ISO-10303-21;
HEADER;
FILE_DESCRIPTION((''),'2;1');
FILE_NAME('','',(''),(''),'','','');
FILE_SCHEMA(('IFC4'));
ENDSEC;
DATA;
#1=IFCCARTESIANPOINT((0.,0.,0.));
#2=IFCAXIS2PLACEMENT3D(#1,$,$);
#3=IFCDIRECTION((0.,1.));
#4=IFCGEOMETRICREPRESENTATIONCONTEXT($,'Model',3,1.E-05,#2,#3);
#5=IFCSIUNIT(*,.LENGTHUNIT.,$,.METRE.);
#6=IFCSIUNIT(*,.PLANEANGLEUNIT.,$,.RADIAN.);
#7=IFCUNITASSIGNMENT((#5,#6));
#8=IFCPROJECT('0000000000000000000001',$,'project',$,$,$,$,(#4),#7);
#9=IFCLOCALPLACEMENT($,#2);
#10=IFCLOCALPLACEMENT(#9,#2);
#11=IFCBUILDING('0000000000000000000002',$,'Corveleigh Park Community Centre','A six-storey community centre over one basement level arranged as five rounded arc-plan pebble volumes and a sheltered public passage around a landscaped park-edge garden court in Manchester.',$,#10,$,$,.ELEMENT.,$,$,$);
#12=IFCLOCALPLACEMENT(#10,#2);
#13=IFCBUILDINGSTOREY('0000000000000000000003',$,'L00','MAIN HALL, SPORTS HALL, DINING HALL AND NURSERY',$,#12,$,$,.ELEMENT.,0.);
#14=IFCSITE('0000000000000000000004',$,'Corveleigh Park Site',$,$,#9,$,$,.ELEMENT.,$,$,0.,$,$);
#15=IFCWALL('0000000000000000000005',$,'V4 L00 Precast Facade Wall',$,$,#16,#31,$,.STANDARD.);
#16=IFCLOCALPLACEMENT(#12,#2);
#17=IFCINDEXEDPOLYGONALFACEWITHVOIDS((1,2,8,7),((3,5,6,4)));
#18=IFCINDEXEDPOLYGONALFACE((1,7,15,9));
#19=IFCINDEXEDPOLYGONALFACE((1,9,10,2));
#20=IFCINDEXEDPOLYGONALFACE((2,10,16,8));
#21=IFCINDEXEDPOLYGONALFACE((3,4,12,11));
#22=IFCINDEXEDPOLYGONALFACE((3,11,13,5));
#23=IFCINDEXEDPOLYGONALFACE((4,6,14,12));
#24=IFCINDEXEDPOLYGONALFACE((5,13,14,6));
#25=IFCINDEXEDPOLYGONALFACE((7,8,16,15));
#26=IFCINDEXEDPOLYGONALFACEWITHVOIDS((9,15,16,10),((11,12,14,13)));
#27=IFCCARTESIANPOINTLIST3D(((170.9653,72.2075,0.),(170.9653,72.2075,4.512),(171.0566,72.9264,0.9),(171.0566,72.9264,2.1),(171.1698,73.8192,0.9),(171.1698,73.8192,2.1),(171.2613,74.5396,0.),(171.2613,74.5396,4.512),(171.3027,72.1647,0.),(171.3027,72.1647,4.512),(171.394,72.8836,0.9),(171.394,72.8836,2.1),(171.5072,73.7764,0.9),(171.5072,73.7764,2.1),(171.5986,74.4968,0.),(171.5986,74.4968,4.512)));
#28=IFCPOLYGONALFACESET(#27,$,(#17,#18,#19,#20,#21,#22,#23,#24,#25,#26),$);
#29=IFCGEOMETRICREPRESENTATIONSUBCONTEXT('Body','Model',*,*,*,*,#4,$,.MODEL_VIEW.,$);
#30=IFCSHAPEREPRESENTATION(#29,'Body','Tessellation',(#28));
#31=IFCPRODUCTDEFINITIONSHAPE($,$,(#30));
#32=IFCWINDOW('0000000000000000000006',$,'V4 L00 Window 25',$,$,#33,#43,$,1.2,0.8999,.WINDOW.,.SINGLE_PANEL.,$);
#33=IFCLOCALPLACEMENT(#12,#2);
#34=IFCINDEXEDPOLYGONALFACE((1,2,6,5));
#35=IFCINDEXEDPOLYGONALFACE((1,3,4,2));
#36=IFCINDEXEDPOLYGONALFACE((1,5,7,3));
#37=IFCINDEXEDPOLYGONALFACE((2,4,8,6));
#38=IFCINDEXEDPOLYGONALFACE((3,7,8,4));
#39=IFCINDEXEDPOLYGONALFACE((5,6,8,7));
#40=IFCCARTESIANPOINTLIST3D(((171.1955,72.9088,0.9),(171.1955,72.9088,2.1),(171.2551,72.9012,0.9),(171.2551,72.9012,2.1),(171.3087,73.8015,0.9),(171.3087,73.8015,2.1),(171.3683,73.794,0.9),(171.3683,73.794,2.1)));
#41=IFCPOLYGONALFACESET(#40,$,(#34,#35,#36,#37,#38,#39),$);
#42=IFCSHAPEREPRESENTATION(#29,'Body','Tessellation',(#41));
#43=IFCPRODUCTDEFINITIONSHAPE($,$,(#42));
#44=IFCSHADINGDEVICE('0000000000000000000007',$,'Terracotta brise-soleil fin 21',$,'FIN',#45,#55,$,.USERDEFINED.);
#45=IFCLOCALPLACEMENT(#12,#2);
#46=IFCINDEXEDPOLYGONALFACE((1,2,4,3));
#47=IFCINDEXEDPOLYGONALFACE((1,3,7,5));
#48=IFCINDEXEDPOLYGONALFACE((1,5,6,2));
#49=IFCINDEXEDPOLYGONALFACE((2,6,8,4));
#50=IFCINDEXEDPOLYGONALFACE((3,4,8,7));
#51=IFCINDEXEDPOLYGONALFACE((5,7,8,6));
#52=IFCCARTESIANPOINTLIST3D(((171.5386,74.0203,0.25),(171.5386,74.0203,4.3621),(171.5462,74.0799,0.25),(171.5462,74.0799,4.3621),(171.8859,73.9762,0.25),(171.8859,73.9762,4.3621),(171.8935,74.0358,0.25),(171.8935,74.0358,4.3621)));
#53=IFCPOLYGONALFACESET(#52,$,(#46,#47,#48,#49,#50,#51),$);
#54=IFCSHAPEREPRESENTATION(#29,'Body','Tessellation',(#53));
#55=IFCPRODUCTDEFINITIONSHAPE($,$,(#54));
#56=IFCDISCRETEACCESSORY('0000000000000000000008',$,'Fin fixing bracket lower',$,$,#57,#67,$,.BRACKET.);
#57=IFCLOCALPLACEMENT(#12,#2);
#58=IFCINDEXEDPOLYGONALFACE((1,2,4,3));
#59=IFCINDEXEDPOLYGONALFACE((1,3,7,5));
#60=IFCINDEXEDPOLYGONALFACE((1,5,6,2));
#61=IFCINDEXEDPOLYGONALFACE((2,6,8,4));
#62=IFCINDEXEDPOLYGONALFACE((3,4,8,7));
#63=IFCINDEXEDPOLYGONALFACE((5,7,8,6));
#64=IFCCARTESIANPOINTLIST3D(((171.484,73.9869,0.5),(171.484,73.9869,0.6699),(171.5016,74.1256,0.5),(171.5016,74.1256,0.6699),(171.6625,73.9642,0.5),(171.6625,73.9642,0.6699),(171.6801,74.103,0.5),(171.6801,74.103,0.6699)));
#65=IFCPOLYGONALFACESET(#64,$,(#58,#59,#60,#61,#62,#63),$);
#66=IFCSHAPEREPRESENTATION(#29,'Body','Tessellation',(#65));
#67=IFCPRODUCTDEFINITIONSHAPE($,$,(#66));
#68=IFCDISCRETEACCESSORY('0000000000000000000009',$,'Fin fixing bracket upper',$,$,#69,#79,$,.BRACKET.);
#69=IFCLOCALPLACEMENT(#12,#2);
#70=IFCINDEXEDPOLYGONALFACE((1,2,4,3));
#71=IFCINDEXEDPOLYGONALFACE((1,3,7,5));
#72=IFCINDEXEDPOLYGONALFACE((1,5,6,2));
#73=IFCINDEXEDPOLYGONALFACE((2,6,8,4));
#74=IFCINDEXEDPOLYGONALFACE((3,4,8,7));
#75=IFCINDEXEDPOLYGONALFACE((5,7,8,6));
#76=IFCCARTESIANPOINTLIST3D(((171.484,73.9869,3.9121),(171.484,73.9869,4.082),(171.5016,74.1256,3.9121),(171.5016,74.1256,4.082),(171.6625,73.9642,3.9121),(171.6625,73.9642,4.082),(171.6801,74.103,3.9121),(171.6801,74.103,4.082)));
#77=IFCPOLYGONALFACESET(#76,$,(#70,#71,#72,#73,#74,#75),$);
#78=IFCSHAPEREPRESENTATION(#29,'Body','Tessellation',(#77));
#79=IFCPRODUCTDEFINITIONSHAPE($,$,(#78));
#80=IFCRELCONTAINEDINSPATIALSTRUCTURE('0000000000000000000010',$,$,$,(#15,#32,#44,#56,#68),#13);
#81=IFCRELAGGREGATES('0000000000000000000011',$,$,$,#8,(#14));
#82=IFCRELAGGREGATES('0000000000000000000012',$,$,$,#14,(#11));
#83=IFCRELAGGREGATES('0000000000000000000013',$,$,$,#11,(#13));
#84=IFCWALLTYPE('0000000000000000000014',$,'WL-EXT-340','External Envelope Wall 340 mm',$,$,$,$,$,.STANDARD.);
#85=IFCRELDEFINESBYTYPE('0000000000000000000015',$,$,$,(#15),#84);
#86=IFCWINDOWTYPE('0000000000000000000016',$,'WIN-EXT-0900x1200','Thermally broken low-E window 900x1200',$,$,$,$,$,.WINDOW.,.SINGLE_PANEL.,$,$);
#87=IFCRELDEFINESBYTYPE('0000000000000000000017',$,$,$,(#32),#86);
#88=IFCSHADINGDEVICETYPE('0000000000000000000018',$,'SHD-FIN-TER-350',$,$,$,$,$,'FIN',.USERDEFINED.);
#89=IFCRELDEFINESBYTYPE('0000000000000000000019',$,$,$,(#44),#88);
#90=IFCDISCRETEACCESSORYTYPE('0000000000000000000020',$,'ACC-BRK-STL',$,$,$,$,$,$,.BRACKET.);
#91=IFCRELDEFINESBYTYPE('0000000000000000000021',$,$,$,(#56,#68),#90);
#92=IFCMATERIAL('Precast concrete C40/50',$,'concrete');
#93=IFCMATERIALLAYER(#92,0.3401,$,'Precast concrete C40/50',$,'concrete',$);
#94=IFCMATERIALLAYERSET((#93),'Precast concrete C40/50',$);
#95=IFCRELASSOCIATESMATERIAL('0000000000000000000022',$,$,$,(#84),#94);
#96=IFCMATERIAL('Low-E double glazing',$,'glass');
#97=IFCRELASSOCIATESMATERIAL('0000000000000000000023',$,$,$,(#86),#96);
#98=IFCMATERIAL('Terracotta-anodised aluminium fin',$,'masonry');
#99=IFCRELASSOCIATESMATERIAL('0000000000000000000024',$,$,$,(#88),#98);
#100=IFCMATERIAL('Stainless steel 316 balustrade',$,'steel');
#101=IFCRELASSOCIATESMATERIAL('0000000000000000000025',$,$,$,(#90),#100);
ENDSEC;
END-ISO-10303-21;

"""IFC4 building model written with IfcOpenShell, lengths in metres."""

from ifc_helpers import new_model, si_unit, direction, frame, frame_2d, origin, origin_2d, place, context, subcontext, project, spatial, rectangle, extrude, material, layer, layer_set, type_object, element, fill, save


model = new_model("IFC4")

# Units and contexts
model_context = context("Model", 3, precision=1e-05, world=origin(), true_north=direction((0.0, 1.0)))
body_context = subcontext(model_context, "Body", "Model", "MODEL_VIEW")
ifc_project = project(units=[si_unit("LENGTHUNIT", "METRE"), si_unit("PLANEANGLEUNIT", "RADIAN")], contexts=[model_context])

# Site, building, storey
site_placement = place(None, origin())
site = spatial("IfcSite", under=ifc_project, at=site_placement, Name="Corveleigh Park Site", CompositionType="ELEMENT", RefElevation=0.0)
building_placement = place(site_placement, origin())
building = spatial("IfcBuilding", under=site, at=building_placement, Name="Corveleigh Park Community Centre", Description="A six-storey community centre over one basement level arranged as five rounded arc-plan pebble volumes and a sheltered public passage around a landscaped park-edge garden court in Manchester.", CompositionType="ELEMENT")
storey_placement = place(building_placement, origin())
storey = spatial("IfcBuildingStorey", under=building, at=storey_placement, Name="L00", Description="MAIN HALL, SPORTS HALL, DINING HALL AND NURSERY", CompositionType="ELEMENT", Elevation=0.0)

# Shared definitions
ifc_material_1 = material(Name="Low-E double glazing", Category="glass")

# Wall, opening, window
ifc_material_2 = material(Name="Precast concrete C40/50", Category="concrete")
ifc_layer_1 = layer(ifc_material_2, 0.3401, Name="Precast concrete C40/50", Category="concrete")
ifc_layer_set_1 = layer_set([ifc_layer_1], Name="Precast concrete C40/50")
wall_type = type_object("IfcWallType", Name="WL-EXT-340", Description="External Envelope Wall 340 mm", PredefinedType="STANDARD", material=ifc_layer_set_1)
wall_placement = place(storey_placement, frame((171.4299, 74.5181, 0.0), z_axis=(0.0, 0.0, 1.0), x_axis=(-0.125875, -0.992046, 0.0)))
wall = element("IfcWall", 1, at=wall_placement, inside=storey, type_object=wall_type, Name="V4 L00 Precast Facade Wall", PredefinedType="STANDARD", context=body_context, shape_type="SweptSolid", body=[
    extrude(rectangle(XDim=2.3508, YDim=0.3401, at=frame_2d((1.1753, 0.0))), origin(), (0.0, 0.0, 1.0), 4.512),
])
opening_placement = place(wall_placement, frame((0.7261, 0.0, 0.8999)))
opening = element("IfcOpeningElement", 2, at=opening_placement, cuts=wall, PredefinedType="OPENING", context=body_context, shape_type="SweptSolid", body=[
    extrude(rectangle(XDim=0.8999, YDim=1.2, at=frame_2d((0.45, 0.6001))), frame((0.0, 0.1799, 0.0), z_axis=(0.0, -1.0, 0.0), x_axis=(1.0, 0.0, 0.0)), (0.0, 0.0, 1.0), 0.3601),
])
window_type = type_object("IfcWindowType", Name="WIN-EXT-0900x1200", Description="Thermally broken low-E window 900x1200", PartitioningType="SINGLE_PANEL", PredefinedType="WINDOW", material=ifc_material_1)
window_placement = place(opening_placement, origin())
window = element("IfcWindow", 3, at=window_placement, inside=storey, type_object=window_type, Name="V4 L00 Window 25", OverallHeight=1.2, OverallWidth=0.8999, PartitioningType="SINGLE_PANEL", PredefinedType="WINDOW", context=body_context, shape_type="SweptSolid", body=[
    extrude(rectangle(XDim=0.8999, YDim=1.2, at=frame_2d((0.45, 0.6001))), frame((0.0, 0.03, 0.0), z_axis=(0.0, -1.0, 0.0), x_axis=(1.0, 0.0, 0.0)), (0.0, 0.0, 1.0), 0.0601),
])
fill(opening, window)

# Shading device
ifc_material_3 = material(Name="Terracotta-anodised aluminium fin", Category="masonry")
shading_device_type = type_object("IfcShadingDeviceType", Name="SHD-FIN-TER-350", ElementType="FIN", PredefinedType="USERDEFINED", material=ifc_material_3)
shading_device_placement = place(storey_placement, frame((171.7161, 74.0281, 0.25), z_axis=(0.0, 0.0, 1.0), x_axis=(0.99204, -0.125919, 0.0)))
element("IfcShadingDevice", 4, at=shading_device_placement, inside=storey, type_object=shading_device_type, Name="Terracotta brise-soleil fin 21", ObjectType="FIN", PredefinedType="USERDEFINED", context=body_context, shape_type="SweptSolid", body=[
    extrude(rectangle(XDim=0.3501, YDim=0.0601, at=origin_2d()), origin(), (0.0, 0.0, 1.0), 4.1121),
])

# Discrete accessories
ifc_material_4 = material(Name="Stainless steel 316 balustrade", Category="steel")
discrete_accessory_type = type_object("IfcDiscreteAccessoryType", Name="ACC-BRK-STL", PredefinedType="BRACKET", material=ifc_material_4)
for number, where, z_axis, x_axis, name in (
    (5, (171.582, 74.0449, 0.5), (0.0, 0.0, 1.0), (0.99204, -0.125919, 0.0), "Fin fixing bracket lower"),
    (6, (171.582, 74.0449, 3.9121), (0.0, 0.0, 1.0), (0.99204, -0.125919, 0.0), "Fin fixing bracket upper"),
):
    element("IfcDiscreteAccessory", number, at=place(storey_placement, frame(where, z_axis=z_axis, x_axis=x_axis)), inside=storey, type_object=discrete_accessory_type, Name=name, PredefinedType="BRACKET", context=body_context, shape_type="SweptSolid", body=[
        extrude(rectangle(XDim=0.1799, YDim=0.1399, at=origin_2d()), origin(), (0.0, 0.0, 1.0), 0.1699),
    ])

save(model, "model.ifc")
